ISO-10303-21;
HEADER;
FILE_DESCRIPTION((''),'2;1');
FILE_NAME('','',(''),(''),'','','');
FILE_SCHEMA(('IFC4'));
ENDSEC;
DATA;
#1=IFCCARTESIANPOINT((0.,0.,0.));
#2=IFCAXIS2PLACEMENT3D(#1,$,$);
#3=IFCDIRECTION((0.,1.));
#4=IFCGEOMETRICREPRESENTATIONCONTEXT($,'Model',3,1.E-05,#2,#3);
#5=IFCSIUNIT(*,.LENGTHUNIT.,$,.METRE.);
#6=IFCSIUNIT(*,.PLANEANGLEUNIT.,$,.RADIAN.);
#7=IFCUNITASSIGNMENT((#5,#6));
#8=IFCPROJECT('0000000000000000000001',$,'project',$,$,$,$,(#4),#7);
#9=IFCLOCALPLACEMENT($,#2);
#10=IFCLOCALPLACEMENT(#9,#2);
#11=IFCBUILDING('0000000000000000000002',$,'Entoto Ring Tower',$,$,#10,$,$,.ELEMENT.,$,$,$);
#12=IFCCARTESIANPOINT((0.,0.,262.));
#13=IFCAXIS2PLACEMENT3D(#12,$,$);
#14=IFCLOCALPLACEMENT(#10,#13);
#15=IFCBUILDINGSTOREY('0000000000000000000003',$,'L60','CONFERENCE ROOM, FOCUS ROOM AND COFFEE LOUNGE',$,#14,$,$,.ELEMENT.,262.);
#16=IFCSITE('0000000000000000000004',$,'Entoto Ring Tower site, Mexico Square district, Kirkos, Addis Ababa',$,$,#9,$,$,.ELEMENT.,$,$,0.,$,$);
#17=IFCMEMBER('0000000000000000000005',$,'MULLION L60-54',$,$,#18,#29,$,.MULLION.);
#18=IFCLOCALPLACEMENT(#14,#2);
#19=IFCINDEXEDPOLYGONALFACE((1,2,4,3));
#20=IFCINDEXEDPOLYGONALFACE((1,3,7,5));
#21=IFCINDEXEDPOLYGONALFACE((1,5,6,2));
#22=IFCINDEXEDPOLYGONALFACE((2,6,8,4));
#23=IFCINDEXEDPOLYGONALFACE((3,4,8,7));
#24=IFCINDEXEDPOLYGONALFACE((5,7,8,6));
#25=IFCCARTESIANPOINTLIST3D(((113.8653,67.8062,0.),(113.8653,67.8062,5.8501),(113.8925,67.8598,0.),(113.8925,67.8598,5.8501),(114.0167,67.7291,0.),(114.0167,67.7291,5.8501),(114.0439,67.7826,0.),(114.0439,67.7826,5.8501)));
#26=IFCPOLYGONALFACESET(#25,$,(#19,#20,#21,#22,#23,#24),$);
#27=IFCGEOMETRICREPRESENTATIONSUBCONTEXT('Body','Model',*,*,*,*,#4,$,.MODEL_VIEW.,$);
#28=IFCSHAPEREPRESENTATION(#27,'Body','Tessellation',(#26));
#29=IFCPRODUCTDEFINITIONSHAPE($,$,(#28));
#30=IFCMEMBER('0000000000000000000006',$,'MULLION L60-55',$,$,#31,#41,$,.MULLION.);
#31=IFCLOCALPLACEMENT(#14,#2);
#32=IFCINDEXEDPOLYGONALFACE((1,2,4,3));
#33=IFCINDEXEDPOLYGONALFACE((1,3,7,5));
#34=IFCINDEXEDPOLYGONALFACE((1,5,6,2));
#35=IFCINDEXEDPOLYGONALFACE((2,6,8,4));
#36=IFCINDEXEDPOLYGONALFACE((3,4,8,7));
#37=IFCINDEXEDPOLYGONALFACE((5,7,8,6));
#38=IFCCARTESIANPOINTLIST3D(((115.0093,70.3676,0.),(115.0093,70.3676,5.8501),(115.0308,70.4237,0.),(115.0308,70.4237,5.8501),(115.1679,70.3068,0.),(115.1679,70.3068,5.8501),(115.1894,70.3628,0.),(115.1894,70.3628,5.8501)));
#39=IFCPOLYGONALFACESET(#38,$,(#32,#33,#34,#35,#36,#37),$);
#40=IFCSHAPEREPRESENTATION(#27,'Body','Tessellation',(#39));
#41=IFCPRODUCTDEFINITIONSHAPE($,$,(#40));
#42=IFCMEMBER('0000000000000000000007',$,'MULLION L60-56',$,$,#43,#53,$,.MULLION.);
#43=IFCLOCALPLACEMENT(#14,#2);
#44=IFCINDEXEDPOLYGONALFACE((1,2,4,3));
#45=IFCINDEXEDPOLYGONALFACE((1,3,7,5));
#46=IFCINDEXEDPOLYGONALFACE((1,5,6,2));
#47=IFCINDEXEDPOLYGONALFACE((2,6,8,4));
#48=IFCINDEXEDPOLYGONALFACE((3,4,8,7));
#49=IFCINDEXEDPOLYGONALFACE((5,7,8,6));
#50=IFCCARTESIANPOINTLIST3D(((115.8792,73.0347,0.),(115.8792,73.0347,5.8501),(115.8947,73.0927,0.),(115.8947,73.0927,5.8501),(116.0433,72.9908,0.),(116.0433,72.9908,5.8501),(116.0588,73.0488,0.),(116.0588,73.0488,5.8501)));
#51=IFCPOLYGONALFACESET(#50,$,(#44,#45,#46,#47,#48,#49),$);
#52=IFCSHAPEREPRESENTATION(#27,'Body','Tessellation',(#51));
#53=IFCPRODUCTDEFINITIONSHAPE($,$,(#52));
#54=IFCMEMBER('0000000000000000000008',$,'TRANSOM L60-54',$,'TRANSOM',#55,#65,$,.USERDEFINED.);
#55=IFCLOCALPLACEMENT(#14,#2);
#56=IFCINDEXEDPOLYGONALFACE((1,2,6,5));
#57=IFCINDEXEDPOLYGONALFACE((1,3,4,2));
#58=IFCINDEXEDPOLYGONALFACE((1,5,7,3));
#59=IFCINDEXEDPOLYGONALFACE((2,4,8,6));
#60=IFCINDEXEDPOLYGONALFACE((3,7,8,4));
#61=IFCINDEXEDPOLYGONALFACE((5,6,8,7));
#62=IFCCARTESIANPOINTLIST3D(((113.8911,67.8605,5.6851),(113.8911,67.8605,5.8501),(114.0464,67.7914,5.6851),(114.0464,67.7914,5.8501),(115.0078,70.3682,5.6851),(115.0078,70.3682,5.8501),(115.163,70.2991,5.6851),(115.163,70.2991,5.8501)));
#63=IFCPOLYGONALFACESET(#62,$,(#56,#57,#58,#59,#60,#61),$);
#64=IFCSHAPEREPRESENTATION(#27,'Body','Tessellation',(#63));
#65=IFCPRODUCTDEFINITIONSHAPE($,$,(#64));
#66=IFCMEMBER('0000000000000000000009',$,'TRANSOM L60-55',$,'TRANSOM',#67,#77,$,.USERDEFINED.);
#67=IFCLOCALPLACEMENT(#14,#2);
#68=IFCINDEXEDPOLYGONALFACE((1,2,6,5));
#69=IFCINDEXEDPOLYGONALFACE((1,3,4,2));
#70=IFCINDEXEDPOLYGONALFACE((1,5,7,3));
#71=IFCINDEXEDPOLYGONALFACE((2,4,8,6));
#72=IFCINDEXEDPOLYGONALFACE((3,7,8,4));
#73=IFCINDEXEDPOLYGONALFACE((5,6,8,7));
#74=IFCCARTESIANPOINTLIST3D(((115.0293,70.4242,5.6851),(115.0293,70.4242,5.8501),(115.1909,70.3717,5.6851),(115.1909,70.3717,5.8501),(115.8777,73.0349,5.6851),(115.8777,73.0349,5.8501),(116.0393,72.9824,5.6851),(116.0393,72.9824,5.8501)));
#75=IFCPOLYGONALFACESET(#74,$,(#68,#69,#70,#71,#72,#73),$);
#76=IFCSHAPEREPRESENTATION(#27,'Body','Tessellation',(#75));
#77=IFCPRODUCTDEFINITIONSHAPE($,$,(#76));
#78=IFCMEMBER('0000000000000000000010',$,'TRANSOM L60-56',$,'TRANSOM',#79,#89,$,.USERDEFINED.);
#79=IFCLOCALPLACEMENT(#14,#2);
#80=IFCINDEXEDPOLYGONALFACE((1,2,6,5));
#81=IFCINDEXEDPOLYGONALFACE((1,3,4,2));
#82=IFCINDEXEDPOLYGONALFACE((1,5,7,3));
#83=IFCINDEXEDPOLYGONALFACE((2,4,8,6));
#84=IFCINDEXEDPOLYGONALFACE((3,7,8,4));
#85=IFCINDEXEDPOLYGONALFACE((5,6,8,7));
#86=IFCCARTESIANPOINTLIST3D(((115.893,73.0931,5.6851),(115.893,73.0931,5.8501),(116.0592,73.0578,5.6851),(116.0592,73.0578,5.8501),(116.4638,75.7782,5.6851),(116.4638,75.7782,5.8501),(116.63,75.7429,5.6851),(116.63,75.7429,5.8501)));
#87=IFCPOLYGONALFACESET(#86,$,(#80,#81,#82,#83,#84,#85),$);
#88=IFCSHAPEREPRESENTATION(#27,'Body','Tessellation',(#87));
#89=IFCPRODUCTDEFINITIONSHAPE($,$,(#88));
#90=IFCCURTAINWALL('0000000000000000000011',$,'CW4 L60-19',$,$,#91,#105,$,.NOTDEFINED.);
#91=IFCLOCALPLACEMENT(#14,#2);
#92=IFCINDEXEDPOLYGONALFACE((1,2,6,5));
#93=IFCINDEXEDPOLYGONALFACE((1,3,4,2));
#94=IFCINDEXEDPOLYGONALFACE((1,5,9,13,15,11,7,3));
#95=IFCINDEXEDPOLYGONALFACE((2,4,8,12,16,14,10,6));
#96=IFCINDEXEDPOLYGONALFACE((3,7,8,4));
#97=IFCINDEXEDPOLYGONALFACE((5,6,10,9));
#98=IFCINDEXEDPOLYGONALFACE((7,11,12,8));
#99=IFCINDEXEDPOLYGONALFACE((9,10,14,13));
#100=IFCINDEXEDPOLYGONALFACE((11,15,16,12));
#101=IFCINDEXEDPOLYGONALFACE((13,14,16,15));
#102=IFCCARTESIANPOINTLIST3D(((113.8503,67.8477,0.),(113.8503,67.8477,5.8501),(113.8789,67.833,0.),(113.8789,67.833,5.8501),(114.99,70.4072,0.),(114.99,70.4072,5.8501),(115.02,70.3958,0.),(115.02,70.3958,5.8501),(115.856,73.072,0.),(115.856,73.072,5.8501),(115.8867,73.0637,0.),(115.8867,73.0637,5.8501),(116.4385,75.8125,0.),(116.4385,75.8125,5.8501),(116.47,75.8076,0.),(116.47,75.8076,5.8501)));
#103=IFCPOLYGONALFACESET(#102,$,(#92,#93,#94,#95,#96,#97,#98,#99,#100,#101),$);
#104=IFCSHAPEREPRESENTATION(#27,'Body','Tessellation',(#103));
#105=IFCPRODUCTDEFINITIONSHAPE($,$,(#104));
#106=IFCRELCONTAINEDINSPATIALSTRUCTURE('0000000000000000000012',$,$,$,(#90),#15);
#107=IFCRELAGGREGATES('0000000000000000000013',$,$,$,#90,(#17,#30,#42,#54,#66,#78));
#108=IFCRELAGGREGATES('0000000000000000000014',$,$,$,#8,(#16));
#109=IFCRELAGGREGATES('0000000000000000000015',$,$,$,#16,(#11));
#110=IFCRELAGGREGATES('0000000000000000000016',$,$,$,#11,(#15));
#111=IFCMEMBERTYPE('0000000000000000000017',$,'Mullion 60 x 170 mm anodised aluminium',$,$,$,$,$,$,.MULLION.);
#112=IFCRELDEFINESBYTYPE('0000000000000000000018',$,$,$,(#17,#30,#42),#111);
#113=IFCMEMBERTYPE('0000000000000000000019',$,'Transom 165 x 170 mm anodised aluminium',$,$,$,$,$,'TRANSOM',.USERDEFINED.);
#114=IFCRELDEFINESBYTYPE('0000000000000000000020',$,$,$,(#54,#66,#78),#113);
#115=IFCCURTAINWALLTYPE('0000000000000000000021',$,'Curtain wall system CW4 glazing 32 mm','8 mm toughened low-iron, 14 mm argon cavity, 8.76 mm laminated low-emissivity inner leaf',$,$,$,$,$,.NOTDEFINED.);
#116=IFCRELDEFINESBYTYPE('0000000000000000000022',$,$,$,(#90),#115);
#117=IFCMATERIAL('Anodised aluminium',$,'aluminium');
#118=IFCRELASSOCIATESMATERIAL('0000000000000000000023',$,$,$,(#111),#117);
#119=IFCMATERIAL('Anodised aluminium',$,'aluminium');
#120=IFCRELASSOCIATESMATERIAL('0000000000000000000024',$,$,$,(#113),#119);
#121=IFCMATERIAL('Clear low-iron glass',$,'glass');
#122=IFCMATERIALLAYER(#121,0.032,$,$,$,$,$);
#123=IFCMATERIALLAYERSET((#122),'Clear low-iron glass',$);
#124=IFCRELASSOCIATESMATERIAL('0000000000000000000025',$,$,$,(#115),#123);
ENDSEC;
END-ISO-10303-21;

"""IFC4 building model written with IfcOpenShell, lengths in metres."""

from ifc_helpers import new_model, si_unit, direction, frame, origin, origin_2d, place, context, subcontext, project, spatial, polyline, rectangle, outline, extrude, material, layer, layer_set, material_profile, profile_set, type_object, element, aggregate, save


model = new_model("IFC4")

# Units and contexts
model_context = context("Model", 3, precision=1e-05, world=origin(), true_north=direction((0.0, 1.0)))
body_context = subcontext(model_context, "Body", "Model", "MODEL_VIEW")
ifc_project = project(units=[si_unit("LENGTHUNIT", "METRE"), si_unit("PLANEANGLEUNIT", "RADIAN")], contexts=[model_context])

# Members
ifc_material_1 = material(Name="Anodised aluminium", Category="aluminium")
ifc_material_profile_1 = material_profile(ifc_material_1, rectangle(XDim=0.0601, YDim=0.1699, at=origin_2d()), Name="Mullion 60 x 170 mm anodised aluminium")
ifc_profile_set_1 = profile_set([ifc_material_profile_1], Name="Anodised aluminium")
member_type_1 = type_object("IfcMemberType", Name="Mullion 60 x 170 mm anodised aluminium", PredefinedType="MULLION", material=ifc_profile_set_1)
site_placement = place(None, origin())
building_placement = place(site_placement, origin())
storey_placement = place(building_placement, frame((0.0, 0.0, 262.0)))
member_1_placement = place(storey_placement, frame((113.9546, 67.7944, 0.0), z_axis=(0.0, 0.0, 1.0), x_axis=(0.45399, 0.891007, 0.0)))
member_1 = element("IfcMember", 1, at=member_1_placement, type_object=member_type_1, Name="MULLION L60-54", PredefinedType="MULLION", context=body_context, shape_type="SweptSolid", body=[
    extrude(rectangle(XDim=0.0601, YDim=0.1699, at=origin_2d()), origin(), (0.0, 0.0, 1.0), 5.8501),
])
member_2_placement = place(storey_placement, frame((115.0994, 70.3652, 0.0), z_axis=(0.0, 0.0, 1.0), x_axis=(0.358368, 0.93358, 0.0)))
member_2 = element("IfcMember", 2, at=member_2_placement, type_object=member_type_1, Name="MULLION L60-55", PredefinedType="MULLION", context=body_context, shape_type="SweptSolid", body=[
    extrude(rectangle(XDim=0.0601, YDim=0.1699, at=origin_2d()), origin(), (0.0, 0.0, 1.0), 5.8501),
])
member_3_placement = place(storey_placement, frame((115.969, 73.0417, 0.0), z_axis=(0.0, 0.0, 1.0), x_axis=(0.258819, 0.965926, 0.0)))
member_3 = element("IfcMember", 3, at=member_3_placement, type_object=member_type_1, Name="MULLION L60-56", PredefinedType="MULLION", context=body_context, shape_type="SweptSolid", body=[
    extrude(rectangle(XDim=0.0601, YDim=0.1699, at=origin_2d()), origin(), (0.0, 0.0, 1.0), 5.8501),
])
ifc_material_2 = material(Name="Anodised aluminium", Category="aluminium")
ifc_material_profile_2 = material_profile(ifc_material_2, rectangle(XDim=0.1699, YDim=0.165, at=origin_2d()), Name="Transom 165 x 170 mm anodised aluminium")
ifc_profile_set_2 = profile_set([ifc_material_profile_2], Name="Anodised aluminium")
member_type_2 = type_object("IfcMemberType", Name="Transom 165 x 170 mm anodised aluminium", ElementType="TRANSOM", PredefinedType="USERDEFINED", material=ifc_profile_set_2)
member_4_placement = place(storey_placement, frame((113.9688, 67.8259, 5.7676), z_axis=(0.406782, 0.913525, 0.0), x_axis=(-0.913525, 0.406782, 0.0)))
member_4 = element("IfcMember", 4, at=member_4_placement, type_object=member_type_2, Name="TRANSOM L60-54", ObjectType="TRANSOM", PredefinedType="USERDEFINED", context=body_context, shape_type="SweptSolid", body=[
    extrude(rectangle(XDim=0.1699, YDim=0.165, at=origin_2d()), origin(), (0.0, 0.0, 1.0), 2.7451),
])
member_5_placement = place(storey_placement, frame((115.1101, 70.3979, 5.7676), z_axis=(0.309042, 0.951048, 0.0), x_axis=(-0.951048, 0.309042, 0.0)))
member_5 = element("IfcMember", 5, at=member_5_placement, type_object=member_type_2, Name="TRANSOM L60-55", ObjectType="TRANSOM", PredefinedType="USERDEFINED", context=body_context, shape_type="SweptSolid", body=[
    extrude(rectangle(XDim=0.1699, YDim=0.165, at=origin_2d()), origin(), (0.0, 0.0, 1.0), 2.7451),
])
member_6_placement = place(storey_placement, frame((115.9761, 73.0754, 5.7676), z_axis=(0.207937, 0.978142, 0.0), x_axis=(-0.978142, 0.207937, 0.0)))
member_6 = element("IfcMember", 6, at=member_6_placement, type_object=member_type_2, Name="TRANSOM L60-56", ObjectType="TRANSOM", PredefinedType="USERDEFINED", context=body_context, shape_type="SweptSolid", body=[
    extrude(rectangle(XDim=0.1699, YDim=0.165, at=origin_2d()), origin(), (0.0, 0.0, 1.0), 2.7451),
])

# Site, building, storey
site = spatial("IfcSite", under=ifc_project, at=site_placement, Name="Entoto Ring Tower site, Mexico Square district, Kirkos, Addis Ababa", CompositionType="ELEMENT", RefElevation=0.0)
building = spatial("IfcBuilding", under=site, at=building_placement, Name="Entoto Ring Tower", CompositionType="ELEMENT")
storey = spatial("IfcBuildingStorey", under=building, at=storey_placement, Name="L60", Description="CONFERENCE ROOM, FOCUS ROOM AND COFFEE LOUNGE", CompositionType="ELEMENT", Elevation=262.0)

# Curtain wall
ifc_material_3 = material(Name="Clear low-iron glass", Category="glass")
ifc_layer = layer(ifc_material_3, 0.032)
ifc_layer_set = layer_set([ifc_layer], Name="Clear low-iron glass")
curtain_wall_type = type_object("IfcCurtainWallType", Name="Curtain wall system CW4 glazing 32 mm", Description="8 mm toughened low-iron, 14 mm argon cavity, 8.76 mm laminated low-emissivity inner leaf", PredefinedType="NOTDEFINED", material=ifc_layer_set)
curtain_wall_1_placement = place(storey_placement, origin())
curtain_wall_1 = element("IfcCurtainWall", 7, at=curtain_wall_1_placement, inside=storey, type_object=curtain_wall_type, Name="CW4 L60-19", PredefinedType="NOTDEFINED", context=body_context, shape_type="SweptSolid", body=[
    extrude(outline(polyline([(113.8789, 67.833), (115.02, 70.3958), (115.8867, 73.0637), (116.47, 75.8076), (116.4385, 75.8125), (115.856, 73.072), (114.99, 70.4072), (113.8503, 67.8477), (113.8789, 67.833)])), origin(), (0.0, 0.0, 1.0), 5.8501),
])
aggregate(curtain_wall_1, [member_1, member_2, member_3, member_4, member_5, member_6])

save(model, "model.ifc")
